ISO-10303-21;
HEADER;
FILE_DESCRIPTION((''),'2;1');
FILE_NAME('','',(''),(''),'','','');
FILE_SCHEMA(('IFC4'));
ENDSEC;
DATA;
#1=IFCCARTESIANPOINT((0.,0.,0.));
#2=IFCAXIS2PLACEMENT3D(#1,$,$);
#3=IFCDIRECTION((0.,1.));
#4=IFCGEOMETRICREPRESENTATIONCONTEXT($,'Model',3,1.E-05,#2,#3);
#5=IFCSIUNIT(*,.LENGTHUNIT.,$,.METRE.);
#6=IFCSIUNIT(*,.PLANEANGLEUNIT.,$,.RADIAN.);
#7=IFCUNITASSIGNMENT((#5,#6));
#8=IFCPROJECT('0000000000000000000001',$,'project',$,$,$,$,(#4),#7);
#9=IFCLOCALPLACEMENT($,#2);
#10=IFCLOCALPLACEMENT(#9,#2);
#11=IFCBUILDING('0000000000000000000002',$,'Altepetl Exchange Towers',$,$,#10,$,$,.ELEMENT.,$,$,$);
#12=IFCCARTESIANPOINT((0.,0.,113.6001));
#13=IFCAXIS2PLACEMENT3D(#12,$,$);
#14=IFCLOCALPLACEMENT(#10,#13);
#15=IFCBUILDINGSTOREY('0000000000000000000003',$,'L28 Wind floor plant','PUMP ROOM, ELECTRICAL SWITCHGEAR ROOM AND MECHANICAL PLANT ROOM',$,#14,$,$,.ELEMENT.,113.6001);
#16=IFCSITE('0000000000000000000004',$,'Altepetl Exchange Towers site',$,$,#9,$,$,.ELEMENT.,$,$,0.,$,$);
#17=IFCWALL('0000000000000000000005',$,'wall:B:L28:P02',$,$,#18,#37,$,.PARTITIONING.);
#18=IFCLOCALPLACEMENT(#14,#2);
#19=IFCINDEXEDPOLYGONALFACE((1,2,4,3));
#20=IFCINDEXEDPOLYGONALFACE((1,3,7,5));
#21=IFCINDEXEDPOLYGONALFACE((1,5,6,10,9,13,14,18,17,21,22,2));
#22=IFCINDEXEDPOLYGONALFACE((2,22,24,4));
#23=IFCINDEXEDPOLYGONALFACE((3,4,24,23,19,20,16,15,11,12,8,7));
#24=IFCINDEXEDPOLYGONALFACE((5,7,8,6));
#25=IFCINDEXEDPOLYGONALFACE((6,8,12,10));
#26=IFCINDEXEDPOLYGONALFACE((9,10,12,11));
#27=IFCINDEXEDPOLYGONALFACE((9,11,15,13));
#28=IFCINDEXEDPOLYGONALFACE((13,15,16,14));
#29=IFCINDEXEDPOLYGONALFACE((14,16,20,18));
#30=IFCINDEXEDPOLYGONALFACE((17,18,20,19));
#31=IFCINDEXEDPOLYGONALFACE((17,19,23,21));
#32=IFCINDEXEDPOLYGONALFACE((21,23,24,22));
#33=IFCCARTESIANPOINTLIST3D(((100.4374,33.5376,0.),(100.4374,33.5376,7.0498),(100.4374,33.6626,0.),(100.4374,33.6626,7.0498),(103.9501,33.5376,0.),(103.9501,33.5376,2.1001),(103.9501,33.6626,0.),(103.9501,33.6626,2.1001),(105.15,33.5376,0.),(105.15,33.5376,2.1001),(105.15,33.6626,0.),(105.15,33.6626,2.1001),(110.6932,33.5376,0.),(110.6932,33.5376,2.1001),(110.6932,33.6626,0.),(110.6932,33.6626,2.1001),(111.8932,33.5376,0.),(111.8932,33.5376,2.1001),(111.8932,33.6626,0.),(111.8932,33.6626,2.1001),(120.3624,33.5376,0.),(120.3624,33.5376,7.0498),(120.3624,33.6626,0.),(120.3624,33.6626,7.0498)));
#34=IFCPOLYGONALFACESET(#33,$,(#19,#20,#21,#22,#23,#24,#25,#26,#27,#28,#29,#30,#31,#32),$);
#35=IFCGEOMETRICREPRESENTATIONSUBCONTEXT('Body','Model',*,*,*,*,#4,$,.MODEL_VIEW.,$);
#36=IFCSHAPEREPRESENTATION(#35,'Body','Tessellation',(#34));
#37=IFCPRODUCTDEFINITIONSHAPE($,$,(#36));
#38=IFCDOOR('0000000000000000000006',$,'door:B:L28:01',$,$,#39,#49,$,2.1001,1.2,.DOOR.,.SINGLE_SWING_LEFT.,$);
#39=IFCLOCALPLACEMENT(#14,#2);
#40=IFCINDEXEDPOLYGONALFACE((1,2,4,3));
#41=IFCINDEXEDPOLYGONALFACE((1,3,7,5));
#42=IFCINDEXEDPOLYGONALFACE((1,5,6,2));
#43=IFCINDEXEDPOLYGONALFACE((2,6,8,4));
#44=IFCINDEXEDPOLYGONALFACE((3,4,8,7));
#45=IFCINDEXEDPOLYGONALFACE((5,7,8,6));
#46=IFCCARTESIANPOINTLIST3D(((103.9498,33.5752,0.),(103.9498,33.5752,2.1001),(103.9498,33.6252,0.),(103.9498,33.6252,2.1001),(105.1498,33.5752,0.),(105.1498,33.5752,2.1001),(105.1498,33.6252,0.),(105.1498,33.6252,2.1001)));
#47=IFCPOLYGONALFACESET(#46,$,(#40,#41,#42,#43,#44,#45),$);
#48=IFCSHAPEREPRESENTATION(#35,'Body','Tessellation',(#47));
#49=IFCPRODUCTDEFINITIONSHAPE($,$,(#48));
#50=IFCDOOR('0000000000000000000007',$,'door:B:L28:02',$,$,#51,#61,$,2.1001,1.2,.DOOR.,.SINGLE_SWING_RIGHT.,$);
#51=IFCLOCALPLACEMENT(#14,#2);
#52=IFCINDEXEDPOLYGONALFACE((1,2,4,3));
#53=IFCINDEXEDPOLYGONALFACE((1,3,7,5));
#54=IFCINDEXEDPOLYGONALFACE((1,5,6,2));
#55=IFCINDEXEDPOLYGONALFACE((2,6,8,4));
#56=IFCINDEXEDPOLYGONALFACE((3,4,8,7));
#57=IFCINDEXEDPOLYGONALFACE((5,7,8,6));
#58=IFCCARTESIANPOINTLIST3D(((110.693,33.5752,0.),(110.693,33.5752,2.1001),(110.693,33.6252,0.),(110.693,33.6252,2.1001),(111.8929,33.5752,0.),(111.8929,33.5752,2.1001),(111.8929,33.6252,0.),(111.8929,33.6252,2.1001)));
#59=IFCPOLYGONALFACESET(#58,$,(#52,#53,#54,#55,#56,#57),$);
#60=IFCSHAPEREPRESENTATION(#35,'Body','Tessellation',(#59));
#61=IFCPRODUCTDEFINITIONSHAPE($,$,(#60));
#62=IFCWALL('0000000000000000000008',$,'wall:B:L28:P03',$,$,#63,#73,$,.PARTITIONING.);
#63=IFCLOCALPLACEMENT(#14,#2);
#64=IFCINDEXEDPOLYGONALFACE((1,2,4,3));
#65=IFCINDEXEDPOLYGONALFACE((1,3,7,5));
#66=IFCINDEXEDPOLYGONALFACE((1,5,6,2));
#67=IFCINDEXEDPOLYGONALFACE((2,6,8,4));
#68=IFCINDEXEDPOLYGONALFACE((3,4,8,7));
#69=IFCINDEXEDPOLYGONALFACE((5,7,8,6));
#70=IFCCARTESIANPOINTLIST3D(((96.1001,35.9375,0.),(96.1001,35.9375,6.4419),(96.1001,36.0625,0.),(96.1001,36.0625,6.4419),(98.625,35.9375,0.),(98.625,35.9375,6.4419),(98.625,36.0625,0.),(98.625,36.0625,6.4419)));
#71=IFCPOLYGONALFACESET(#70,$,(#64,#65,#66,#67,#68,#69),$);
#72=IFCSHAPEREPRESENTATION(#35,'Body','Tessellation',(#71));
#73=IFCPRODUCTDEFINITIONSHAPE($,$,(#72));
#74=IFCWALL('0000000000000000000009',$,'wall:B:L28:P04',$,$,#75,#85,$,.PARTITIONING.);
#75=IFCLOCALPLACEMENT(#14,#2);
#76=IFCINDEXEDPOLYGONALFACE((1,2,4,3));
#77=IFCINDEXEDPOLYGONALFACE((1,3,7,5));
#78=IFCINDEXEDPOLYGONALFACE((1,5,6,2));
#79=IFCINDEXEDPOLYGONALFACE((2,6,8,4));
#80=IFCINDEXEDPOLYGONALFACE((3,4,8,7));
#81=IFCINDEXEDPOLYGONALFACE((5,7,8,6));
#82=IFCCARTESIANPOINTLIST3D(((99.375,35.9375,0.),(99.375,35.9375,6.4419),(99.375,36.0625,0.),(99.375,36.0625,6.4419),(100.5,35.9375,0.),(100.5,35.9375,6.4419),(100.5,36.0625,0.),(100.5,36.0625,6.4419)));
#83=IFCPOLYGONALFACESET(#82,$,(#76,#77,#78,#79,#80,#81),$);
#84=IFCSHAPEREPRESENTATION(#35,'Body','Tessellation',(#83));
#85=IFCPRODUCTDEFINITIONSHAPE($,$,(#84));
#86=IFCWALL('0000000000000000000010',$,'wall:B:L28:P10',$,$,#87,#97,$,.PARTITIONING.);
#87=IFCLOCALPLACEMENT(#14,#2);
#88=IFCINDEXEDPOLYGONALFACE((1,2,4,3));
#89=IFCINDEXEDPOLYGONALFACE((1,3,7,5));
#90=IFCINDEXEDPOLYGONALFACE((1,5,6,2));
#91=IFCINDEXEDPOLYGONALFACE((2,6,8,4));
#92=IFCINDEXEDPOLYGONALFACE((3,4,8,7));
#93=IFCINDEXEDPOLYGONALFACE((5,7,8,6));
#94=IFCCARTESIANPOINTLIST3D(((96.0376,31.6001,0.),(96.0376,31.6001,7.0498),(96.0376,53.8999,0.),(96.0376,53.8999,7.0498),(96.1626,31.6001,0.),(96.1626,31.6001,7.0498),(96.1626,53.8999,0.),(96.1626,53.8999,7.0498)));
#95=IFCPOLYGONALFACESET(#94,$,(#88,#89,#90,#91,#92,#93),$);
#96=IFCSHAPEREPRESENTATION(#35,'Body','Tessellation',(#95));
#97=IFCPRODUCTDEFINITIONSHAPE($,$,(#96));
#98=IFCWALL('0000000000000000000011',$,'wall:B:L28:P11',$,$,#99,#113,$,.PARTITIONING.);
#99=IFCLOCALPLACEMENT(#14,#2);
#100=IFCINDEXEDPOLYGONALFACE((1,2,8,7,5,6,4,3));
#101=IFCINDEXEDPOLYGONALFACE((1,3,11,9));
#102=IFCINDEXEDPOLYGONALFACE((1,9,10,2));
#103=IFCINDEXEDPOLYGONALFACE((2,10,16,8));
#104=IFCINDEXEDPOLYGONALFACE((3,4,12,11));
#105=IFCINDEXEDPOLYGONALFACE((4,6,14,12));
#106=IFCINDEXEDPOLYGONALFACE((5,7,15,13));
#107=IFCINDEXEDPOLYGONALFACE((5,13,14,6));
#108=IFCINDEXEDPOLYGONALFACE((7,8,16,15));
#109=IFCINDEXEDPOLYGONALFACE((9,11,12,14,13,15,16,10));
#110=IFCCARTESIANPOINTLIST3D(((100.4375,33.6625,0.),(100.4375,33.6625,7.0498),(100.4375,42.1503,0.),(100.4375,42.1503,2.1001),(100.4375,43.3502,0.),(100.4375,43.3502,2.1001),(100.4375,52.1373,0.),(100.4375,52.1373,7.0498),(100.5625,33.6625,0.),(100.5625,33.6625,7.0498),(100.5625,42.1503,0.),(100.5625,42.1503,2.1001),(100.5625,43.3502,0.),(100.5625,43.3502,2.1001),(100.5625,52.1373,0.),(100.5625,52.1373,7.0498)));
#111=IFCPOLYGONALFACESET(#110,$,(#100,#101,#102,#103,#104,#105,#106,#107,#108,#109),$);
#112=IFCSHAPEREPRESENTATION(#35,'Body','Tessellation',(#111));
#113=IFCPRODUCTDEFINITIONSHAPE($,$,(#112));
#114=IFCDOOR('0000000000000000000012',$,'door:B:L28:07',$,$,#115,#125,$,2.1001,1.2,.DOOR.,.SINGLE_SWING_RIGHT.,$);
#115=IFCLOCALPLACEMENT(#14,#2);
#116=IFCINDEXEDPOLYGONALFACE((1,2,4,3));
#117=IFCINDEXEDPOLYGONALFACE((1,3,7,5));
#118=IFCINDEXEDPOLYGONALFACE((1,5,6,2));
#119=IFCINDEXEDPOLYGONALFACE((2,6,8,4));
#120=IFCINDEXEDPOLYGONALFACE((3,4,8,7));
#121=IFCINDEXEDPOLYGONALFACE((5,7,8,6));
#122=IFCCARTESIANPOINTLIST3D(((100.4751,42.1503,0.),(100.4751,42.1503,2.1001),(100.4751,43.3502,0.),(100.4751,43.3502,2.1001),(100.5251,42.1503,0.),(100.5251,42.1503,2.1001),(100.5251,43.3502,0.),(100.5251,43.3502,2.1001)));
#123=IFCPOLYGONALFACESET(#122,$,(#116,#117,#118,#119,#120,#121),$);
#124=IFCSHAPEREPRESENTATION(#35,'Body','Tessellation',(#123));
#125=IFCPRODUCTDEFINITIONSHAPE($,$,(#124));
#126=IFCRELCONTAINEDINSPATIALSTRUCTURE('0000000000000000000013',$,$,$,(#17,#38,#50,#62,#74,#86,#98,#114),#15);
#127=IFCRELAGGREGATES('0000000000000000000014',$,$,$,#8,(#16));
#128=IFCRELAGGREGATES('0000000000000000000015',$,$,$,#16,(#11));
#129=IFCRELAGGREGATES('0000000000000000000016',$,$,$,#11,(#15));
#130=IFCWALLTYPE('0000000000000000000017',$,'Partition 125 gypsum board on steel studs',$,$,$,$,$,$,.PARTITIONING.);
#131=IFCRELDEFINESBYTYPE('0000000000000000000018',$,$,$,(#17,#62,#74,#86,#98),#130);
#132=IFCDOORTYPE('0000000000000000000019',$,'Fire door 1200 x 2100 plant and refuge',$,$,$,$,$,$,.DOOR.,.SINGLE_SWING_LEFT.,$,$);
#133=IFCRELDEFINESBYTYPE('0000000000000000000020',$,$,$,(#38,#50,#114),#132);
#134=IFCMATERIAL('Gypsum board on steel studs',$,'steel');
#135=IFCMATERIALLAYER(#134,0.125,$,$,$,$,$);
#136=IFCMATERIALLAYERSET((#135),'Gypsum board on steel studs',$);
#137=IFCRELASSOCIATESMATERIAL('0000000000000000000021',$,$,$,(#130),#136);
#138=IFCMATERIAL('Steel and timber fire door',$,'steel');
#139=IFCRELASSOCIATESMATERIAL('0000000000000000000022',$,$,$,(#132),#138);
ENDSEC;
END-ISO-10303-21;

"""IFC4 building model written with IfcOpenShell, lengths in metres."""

from ifc_helpers import new_model, si_unit, direction, frame, frame_2d, origin, place, context, subcontext, project, spatial, rectangle, extrude, material, layer, layer_set, type_object, element, fill, save


model = new_model("IFC4")

# Units and contexts
model_context = context("Model", 3, precision=1e-05, world=origin(), true_north=direction((0.0, 1.0)))
body_context = subcontext(model_context, "Body", "Model", "MODEL_VIEW")
ifc_project = project(units=[si_unit("LENGTHUNIT", "METRE"), si_unit("PLANEANGLEUNIT", "RADIAN")], contexts=[model_context])

# Site, building, storey
site_placement = place(None, origin())
site = spatial("IfcSite", under=ifc_project, at=site_placement, Name="Altepetl Exchange Towers site", CompositionType="ELEMENT", RefElevation=0.0)
building_placement = place(site_placement, origin())
building = spatial("IfcBuilding", under=site, at=building_placement, Name="Altepetl Exchange Towers", CompositionType="ELEMENT")
storey_placement = place(building_placement, frame((0.0, 0.0, 113.6001)))
storey = spatial("IfcBuildingStorey", under=building, at=storey_placement, Name="L28 Wind floor plant", Description="PUMP ROOM, ELECTRICAL SWITCHGEAR ROOM AND MECHANICAL PLANT ROOM", CompositionType="ELEMENT", Elevation=113.6001)

# Shared definitions
ifc_material_1 = material(Name="Gypsum board on steel studs", Category="steel")
ifc_layer = layer(ifc_material_1, 0.125)
ifc_layer_set = layer_set([ifc_layer], Name="Gypsum board on steel studs")
wall_type = type_object("IfcWallType", Name="Partition 125 gypsum board on steel studs", PredefinedType="PARTITIONING", material=ifc_layer_set)

# Wall, openings, doors
wall_1_placement = place(storey_placement, frame((100.4375, 33.6001, 0.0)))
wall_1 = element("IfcWall", 1, at=wall_1_placement, inside=storey, type_object=wall_type, Name="wall:B:L28:P02", PredefinedType="PARTITIONING", context=body_context, shape_type="SweptSolid", body=[
    extrude(rectangle(XDim=19.925, YDim=0.125, at=frame_2d((9.9624, 0.0))), origin(), (0.0, 0.0, 1.0), 7.0498),
])
opening_1_placement = place(wall_1_placement, frame((3.5125, 0.0, 0.0)))
opening_1 = element("IfcOpeningElement", 2, at=opening_1_placement, cuts=wall_1, PredefinedType="OPENING", context=body_context, shape_type="SweptSolid", body=[
    extrude(rectangle(XDim=1.2, YDim=2.1001, at=frame_2d((0.6001, 1.05))), frame((0.0, 0.0725, 0.0), z_axis=(0.0, -1.0, 0.0), x_axis=(1.0, 0.0, 0.0)), (0.0, 0.0, 1.0), 0.145),
])
opening_2_placement = place(wall_1_placement, frame((10.2556, 0.0, 0.0)))
opening_2 = element("IfcOpeningElement", 3, at=opening_2_placement, cuts=wall_1, PredefinedType="OPENING", context=body_context, shape_type="SweptSolid", body=[
    extrude(rectangle(XDim=1.2, YDim=2.1001, at=frame_2d((0.6001, 1.05))), frame((0.0, 0.0725, 0.0), z_axis=(0.0, -1.0, 0.0), x_axis=(1.0, 0.0, 0.0)), (0.0, 0.0, 1.0), 0.145),
])
ifc_material_2 = material(Name="Steel and timber fire door", Category="steel")
door_type = type_object("IfcDoorType", Name="Fire door 1200 x 2100 plant and refuge", OperationType="SINGLE_SWING_LEFT", PredefinedType="DOOR", material=ifc_material_2)
door_1_placement = place(opening_1_placement, frame((1.2, 0.0, 0.0), x_axis=(-1.0, 0.0, 0.0)))
door_1 = element("IfcDoor", 4, at=door_1_placement, inside=storey, type_object=door_type, Name="door:B:L28:01", OperationType="SINGLE_SWING_LEFT", OverallHeight=2.1001, OverallWidth=1.2, PredefinedType="DOOR", context=body_context, shape_type="SweptSolid", body=[
    extrude(rectangle(XDim=1.2, YDim=2.1001, at=frame_2d((0.6001, 1.05))), frame((0.0, 0.0249, 0.0), z_axis=(0.0, -1.0, 0.0), x_axis=(1.0, 0.0, 0.0)), (0.0, 0.0, 1.0), 0.05),
])
fill(opening_1, door_1)
door_2_placement = place(opening_2_placement, frame((1.2, 0.0, 0.0), x_axis=(-1.0, 0.0, 0.0)))
door_2 = element("IfcDoor", 5, at=door_2_placement, inside=storey, type_object=door_type, Name="door:B:L28:02", OperationType="SINGLE_SWING_RIGHT", OverallHeight=2.1001, OverallWidth=1.2, PredefinedType="DOOR", context=body_context, shape_type="SweptSolid", body=[
    extrude(rectangle(XDim=1.2, YDim=2.1001, at=frame_2d((0.6001, 1.05))), frame((0.0, 0.0249, 0.0), z_axis=(0.0, -1.0, 0.0), x_axis=(1.0, 0.0, 0.0)), (0.0, 0.0, 1.0), 0.05),
])
fill(opening_2, door_2)

# Walls
wall_2_placement = place(storey_placement, frame((96.1001, 36.0, 0.0)))
element("IfcWall", 6, at=wall_2_placement, inside=storey, type_object=wall_type, Name="wall:B:L28:P03", PredefinedType="PARTITIONING", context=body_context, shape_type="SweptSolid", body=[
    extrude(rectangle(XDim=2.5249, YDim=0.125, at=frame_2d((1.2625, 0.0))), origin(), (0.0, 0.0, 1.0), 6.4419),
])
wall_3_placement = place(storey_placement, frame((99.375, 36.0, 0.0)))
element("IfcWall", 7, at=wall_3_placement, inside=storey, type_object=wall_type, Name="wall:B:L28:P04", PredefinedType="PARTITIONING", context=body_context, shape_type="SweptSolid", body=[
    extrude(rectangle(XDim=1.125, YDim=0.125, at=frame_2d((0.5625, 0.0))), origin(), (0.0, 0.0, 1.0), 6.4419),
])
wall_4_placement = place(storey_placement, frame((96.1001, 31.6001, 0.0), z_axis=(0.0, 0.0, 1.0), x_axis=(0.0, 1.0, 0.0)))
element("IfcWall", 8, at=wall_4_placement, inside=storey, type_object=wall_type, Name="wall:B:L28:P10", PredefinedType="PARTITIONING", context=body_context, shape_type="SweptSolid", body=[
    extrude(rectangle(XDim=22.2998, YDim=0.125, at=frame_2d((11.1499, 0.0))), origin(), (0.0, 0.0, 1.0), 7.0498),
])

# Wall, opening, door
wall_5_placement = place(storey_placement, frame((100.5, 33.6626, 0.0), z_axis=(0.0, 0.0, 1.0), x_axis=(0.0, 1.0, 0.0)))
wall_5 = element("IfcWall", 9, at=wall_5_placement, inside=storey, type_object=wall_type, Name="wall:B:L28:P11", PredefinedType="PARTITIONING", context=body_context, shape_type="SweptSolid", body=[
    extrude(rectangle(XDim=18.4749, YDim=0.125, at=frame_2d((9.2373, 0.0))), origin(), (0.0, 0.0, 1.0), 7.0498),
])
opening_3_placement = place(wall_5_placement, frame((8.4875, 0.0, 0.0)))
opening_3 = element("IfcOpeningElement", 10, at=opening_3_placement, cuts=wall_5, PredefinedType="OPENING", context=body_context, shape_type="SweptSolid", body=[
    extrude(rectangle(XDim=1.2, YDim=2.1001, at=frame_2d((0.6001, 1.05))), frame((0.0, 0.0725, 0.0), z_axis=(0.0, -1.0, 0.0), x_axis=(1.0, 0.0, 0.0)), (0.0, 0.0, 1.0), 0.145),
])
door_3_placement = place(opening_3_placement, origin())
door_3 = element("IfcDoor", 11, at=door_3_placement, inside=storey, type_object=door_type, Name="door:B:L28:07", OperationType="SINGLE_SWING_RIGHT", OverallHeight=2.1001, OverallWidth=1.2, PredefinedType="DOOR", context=body_context, shape_type="SweptSolid", body=[
    extrude(rectangle(XDim=1.2, YDim=2.1001, at=frame_2d((0.6001, 1.05))), frame((0.0, 0.0249, 0.0), z_axis=(0.0, -1.0, 0.0), x_axis=(1.0, 0.0, 0.0)), (0.0, 0.0, 1.0), 0.05),
])
fill(opening_3, door_3)

save(model, "model.ifc")
